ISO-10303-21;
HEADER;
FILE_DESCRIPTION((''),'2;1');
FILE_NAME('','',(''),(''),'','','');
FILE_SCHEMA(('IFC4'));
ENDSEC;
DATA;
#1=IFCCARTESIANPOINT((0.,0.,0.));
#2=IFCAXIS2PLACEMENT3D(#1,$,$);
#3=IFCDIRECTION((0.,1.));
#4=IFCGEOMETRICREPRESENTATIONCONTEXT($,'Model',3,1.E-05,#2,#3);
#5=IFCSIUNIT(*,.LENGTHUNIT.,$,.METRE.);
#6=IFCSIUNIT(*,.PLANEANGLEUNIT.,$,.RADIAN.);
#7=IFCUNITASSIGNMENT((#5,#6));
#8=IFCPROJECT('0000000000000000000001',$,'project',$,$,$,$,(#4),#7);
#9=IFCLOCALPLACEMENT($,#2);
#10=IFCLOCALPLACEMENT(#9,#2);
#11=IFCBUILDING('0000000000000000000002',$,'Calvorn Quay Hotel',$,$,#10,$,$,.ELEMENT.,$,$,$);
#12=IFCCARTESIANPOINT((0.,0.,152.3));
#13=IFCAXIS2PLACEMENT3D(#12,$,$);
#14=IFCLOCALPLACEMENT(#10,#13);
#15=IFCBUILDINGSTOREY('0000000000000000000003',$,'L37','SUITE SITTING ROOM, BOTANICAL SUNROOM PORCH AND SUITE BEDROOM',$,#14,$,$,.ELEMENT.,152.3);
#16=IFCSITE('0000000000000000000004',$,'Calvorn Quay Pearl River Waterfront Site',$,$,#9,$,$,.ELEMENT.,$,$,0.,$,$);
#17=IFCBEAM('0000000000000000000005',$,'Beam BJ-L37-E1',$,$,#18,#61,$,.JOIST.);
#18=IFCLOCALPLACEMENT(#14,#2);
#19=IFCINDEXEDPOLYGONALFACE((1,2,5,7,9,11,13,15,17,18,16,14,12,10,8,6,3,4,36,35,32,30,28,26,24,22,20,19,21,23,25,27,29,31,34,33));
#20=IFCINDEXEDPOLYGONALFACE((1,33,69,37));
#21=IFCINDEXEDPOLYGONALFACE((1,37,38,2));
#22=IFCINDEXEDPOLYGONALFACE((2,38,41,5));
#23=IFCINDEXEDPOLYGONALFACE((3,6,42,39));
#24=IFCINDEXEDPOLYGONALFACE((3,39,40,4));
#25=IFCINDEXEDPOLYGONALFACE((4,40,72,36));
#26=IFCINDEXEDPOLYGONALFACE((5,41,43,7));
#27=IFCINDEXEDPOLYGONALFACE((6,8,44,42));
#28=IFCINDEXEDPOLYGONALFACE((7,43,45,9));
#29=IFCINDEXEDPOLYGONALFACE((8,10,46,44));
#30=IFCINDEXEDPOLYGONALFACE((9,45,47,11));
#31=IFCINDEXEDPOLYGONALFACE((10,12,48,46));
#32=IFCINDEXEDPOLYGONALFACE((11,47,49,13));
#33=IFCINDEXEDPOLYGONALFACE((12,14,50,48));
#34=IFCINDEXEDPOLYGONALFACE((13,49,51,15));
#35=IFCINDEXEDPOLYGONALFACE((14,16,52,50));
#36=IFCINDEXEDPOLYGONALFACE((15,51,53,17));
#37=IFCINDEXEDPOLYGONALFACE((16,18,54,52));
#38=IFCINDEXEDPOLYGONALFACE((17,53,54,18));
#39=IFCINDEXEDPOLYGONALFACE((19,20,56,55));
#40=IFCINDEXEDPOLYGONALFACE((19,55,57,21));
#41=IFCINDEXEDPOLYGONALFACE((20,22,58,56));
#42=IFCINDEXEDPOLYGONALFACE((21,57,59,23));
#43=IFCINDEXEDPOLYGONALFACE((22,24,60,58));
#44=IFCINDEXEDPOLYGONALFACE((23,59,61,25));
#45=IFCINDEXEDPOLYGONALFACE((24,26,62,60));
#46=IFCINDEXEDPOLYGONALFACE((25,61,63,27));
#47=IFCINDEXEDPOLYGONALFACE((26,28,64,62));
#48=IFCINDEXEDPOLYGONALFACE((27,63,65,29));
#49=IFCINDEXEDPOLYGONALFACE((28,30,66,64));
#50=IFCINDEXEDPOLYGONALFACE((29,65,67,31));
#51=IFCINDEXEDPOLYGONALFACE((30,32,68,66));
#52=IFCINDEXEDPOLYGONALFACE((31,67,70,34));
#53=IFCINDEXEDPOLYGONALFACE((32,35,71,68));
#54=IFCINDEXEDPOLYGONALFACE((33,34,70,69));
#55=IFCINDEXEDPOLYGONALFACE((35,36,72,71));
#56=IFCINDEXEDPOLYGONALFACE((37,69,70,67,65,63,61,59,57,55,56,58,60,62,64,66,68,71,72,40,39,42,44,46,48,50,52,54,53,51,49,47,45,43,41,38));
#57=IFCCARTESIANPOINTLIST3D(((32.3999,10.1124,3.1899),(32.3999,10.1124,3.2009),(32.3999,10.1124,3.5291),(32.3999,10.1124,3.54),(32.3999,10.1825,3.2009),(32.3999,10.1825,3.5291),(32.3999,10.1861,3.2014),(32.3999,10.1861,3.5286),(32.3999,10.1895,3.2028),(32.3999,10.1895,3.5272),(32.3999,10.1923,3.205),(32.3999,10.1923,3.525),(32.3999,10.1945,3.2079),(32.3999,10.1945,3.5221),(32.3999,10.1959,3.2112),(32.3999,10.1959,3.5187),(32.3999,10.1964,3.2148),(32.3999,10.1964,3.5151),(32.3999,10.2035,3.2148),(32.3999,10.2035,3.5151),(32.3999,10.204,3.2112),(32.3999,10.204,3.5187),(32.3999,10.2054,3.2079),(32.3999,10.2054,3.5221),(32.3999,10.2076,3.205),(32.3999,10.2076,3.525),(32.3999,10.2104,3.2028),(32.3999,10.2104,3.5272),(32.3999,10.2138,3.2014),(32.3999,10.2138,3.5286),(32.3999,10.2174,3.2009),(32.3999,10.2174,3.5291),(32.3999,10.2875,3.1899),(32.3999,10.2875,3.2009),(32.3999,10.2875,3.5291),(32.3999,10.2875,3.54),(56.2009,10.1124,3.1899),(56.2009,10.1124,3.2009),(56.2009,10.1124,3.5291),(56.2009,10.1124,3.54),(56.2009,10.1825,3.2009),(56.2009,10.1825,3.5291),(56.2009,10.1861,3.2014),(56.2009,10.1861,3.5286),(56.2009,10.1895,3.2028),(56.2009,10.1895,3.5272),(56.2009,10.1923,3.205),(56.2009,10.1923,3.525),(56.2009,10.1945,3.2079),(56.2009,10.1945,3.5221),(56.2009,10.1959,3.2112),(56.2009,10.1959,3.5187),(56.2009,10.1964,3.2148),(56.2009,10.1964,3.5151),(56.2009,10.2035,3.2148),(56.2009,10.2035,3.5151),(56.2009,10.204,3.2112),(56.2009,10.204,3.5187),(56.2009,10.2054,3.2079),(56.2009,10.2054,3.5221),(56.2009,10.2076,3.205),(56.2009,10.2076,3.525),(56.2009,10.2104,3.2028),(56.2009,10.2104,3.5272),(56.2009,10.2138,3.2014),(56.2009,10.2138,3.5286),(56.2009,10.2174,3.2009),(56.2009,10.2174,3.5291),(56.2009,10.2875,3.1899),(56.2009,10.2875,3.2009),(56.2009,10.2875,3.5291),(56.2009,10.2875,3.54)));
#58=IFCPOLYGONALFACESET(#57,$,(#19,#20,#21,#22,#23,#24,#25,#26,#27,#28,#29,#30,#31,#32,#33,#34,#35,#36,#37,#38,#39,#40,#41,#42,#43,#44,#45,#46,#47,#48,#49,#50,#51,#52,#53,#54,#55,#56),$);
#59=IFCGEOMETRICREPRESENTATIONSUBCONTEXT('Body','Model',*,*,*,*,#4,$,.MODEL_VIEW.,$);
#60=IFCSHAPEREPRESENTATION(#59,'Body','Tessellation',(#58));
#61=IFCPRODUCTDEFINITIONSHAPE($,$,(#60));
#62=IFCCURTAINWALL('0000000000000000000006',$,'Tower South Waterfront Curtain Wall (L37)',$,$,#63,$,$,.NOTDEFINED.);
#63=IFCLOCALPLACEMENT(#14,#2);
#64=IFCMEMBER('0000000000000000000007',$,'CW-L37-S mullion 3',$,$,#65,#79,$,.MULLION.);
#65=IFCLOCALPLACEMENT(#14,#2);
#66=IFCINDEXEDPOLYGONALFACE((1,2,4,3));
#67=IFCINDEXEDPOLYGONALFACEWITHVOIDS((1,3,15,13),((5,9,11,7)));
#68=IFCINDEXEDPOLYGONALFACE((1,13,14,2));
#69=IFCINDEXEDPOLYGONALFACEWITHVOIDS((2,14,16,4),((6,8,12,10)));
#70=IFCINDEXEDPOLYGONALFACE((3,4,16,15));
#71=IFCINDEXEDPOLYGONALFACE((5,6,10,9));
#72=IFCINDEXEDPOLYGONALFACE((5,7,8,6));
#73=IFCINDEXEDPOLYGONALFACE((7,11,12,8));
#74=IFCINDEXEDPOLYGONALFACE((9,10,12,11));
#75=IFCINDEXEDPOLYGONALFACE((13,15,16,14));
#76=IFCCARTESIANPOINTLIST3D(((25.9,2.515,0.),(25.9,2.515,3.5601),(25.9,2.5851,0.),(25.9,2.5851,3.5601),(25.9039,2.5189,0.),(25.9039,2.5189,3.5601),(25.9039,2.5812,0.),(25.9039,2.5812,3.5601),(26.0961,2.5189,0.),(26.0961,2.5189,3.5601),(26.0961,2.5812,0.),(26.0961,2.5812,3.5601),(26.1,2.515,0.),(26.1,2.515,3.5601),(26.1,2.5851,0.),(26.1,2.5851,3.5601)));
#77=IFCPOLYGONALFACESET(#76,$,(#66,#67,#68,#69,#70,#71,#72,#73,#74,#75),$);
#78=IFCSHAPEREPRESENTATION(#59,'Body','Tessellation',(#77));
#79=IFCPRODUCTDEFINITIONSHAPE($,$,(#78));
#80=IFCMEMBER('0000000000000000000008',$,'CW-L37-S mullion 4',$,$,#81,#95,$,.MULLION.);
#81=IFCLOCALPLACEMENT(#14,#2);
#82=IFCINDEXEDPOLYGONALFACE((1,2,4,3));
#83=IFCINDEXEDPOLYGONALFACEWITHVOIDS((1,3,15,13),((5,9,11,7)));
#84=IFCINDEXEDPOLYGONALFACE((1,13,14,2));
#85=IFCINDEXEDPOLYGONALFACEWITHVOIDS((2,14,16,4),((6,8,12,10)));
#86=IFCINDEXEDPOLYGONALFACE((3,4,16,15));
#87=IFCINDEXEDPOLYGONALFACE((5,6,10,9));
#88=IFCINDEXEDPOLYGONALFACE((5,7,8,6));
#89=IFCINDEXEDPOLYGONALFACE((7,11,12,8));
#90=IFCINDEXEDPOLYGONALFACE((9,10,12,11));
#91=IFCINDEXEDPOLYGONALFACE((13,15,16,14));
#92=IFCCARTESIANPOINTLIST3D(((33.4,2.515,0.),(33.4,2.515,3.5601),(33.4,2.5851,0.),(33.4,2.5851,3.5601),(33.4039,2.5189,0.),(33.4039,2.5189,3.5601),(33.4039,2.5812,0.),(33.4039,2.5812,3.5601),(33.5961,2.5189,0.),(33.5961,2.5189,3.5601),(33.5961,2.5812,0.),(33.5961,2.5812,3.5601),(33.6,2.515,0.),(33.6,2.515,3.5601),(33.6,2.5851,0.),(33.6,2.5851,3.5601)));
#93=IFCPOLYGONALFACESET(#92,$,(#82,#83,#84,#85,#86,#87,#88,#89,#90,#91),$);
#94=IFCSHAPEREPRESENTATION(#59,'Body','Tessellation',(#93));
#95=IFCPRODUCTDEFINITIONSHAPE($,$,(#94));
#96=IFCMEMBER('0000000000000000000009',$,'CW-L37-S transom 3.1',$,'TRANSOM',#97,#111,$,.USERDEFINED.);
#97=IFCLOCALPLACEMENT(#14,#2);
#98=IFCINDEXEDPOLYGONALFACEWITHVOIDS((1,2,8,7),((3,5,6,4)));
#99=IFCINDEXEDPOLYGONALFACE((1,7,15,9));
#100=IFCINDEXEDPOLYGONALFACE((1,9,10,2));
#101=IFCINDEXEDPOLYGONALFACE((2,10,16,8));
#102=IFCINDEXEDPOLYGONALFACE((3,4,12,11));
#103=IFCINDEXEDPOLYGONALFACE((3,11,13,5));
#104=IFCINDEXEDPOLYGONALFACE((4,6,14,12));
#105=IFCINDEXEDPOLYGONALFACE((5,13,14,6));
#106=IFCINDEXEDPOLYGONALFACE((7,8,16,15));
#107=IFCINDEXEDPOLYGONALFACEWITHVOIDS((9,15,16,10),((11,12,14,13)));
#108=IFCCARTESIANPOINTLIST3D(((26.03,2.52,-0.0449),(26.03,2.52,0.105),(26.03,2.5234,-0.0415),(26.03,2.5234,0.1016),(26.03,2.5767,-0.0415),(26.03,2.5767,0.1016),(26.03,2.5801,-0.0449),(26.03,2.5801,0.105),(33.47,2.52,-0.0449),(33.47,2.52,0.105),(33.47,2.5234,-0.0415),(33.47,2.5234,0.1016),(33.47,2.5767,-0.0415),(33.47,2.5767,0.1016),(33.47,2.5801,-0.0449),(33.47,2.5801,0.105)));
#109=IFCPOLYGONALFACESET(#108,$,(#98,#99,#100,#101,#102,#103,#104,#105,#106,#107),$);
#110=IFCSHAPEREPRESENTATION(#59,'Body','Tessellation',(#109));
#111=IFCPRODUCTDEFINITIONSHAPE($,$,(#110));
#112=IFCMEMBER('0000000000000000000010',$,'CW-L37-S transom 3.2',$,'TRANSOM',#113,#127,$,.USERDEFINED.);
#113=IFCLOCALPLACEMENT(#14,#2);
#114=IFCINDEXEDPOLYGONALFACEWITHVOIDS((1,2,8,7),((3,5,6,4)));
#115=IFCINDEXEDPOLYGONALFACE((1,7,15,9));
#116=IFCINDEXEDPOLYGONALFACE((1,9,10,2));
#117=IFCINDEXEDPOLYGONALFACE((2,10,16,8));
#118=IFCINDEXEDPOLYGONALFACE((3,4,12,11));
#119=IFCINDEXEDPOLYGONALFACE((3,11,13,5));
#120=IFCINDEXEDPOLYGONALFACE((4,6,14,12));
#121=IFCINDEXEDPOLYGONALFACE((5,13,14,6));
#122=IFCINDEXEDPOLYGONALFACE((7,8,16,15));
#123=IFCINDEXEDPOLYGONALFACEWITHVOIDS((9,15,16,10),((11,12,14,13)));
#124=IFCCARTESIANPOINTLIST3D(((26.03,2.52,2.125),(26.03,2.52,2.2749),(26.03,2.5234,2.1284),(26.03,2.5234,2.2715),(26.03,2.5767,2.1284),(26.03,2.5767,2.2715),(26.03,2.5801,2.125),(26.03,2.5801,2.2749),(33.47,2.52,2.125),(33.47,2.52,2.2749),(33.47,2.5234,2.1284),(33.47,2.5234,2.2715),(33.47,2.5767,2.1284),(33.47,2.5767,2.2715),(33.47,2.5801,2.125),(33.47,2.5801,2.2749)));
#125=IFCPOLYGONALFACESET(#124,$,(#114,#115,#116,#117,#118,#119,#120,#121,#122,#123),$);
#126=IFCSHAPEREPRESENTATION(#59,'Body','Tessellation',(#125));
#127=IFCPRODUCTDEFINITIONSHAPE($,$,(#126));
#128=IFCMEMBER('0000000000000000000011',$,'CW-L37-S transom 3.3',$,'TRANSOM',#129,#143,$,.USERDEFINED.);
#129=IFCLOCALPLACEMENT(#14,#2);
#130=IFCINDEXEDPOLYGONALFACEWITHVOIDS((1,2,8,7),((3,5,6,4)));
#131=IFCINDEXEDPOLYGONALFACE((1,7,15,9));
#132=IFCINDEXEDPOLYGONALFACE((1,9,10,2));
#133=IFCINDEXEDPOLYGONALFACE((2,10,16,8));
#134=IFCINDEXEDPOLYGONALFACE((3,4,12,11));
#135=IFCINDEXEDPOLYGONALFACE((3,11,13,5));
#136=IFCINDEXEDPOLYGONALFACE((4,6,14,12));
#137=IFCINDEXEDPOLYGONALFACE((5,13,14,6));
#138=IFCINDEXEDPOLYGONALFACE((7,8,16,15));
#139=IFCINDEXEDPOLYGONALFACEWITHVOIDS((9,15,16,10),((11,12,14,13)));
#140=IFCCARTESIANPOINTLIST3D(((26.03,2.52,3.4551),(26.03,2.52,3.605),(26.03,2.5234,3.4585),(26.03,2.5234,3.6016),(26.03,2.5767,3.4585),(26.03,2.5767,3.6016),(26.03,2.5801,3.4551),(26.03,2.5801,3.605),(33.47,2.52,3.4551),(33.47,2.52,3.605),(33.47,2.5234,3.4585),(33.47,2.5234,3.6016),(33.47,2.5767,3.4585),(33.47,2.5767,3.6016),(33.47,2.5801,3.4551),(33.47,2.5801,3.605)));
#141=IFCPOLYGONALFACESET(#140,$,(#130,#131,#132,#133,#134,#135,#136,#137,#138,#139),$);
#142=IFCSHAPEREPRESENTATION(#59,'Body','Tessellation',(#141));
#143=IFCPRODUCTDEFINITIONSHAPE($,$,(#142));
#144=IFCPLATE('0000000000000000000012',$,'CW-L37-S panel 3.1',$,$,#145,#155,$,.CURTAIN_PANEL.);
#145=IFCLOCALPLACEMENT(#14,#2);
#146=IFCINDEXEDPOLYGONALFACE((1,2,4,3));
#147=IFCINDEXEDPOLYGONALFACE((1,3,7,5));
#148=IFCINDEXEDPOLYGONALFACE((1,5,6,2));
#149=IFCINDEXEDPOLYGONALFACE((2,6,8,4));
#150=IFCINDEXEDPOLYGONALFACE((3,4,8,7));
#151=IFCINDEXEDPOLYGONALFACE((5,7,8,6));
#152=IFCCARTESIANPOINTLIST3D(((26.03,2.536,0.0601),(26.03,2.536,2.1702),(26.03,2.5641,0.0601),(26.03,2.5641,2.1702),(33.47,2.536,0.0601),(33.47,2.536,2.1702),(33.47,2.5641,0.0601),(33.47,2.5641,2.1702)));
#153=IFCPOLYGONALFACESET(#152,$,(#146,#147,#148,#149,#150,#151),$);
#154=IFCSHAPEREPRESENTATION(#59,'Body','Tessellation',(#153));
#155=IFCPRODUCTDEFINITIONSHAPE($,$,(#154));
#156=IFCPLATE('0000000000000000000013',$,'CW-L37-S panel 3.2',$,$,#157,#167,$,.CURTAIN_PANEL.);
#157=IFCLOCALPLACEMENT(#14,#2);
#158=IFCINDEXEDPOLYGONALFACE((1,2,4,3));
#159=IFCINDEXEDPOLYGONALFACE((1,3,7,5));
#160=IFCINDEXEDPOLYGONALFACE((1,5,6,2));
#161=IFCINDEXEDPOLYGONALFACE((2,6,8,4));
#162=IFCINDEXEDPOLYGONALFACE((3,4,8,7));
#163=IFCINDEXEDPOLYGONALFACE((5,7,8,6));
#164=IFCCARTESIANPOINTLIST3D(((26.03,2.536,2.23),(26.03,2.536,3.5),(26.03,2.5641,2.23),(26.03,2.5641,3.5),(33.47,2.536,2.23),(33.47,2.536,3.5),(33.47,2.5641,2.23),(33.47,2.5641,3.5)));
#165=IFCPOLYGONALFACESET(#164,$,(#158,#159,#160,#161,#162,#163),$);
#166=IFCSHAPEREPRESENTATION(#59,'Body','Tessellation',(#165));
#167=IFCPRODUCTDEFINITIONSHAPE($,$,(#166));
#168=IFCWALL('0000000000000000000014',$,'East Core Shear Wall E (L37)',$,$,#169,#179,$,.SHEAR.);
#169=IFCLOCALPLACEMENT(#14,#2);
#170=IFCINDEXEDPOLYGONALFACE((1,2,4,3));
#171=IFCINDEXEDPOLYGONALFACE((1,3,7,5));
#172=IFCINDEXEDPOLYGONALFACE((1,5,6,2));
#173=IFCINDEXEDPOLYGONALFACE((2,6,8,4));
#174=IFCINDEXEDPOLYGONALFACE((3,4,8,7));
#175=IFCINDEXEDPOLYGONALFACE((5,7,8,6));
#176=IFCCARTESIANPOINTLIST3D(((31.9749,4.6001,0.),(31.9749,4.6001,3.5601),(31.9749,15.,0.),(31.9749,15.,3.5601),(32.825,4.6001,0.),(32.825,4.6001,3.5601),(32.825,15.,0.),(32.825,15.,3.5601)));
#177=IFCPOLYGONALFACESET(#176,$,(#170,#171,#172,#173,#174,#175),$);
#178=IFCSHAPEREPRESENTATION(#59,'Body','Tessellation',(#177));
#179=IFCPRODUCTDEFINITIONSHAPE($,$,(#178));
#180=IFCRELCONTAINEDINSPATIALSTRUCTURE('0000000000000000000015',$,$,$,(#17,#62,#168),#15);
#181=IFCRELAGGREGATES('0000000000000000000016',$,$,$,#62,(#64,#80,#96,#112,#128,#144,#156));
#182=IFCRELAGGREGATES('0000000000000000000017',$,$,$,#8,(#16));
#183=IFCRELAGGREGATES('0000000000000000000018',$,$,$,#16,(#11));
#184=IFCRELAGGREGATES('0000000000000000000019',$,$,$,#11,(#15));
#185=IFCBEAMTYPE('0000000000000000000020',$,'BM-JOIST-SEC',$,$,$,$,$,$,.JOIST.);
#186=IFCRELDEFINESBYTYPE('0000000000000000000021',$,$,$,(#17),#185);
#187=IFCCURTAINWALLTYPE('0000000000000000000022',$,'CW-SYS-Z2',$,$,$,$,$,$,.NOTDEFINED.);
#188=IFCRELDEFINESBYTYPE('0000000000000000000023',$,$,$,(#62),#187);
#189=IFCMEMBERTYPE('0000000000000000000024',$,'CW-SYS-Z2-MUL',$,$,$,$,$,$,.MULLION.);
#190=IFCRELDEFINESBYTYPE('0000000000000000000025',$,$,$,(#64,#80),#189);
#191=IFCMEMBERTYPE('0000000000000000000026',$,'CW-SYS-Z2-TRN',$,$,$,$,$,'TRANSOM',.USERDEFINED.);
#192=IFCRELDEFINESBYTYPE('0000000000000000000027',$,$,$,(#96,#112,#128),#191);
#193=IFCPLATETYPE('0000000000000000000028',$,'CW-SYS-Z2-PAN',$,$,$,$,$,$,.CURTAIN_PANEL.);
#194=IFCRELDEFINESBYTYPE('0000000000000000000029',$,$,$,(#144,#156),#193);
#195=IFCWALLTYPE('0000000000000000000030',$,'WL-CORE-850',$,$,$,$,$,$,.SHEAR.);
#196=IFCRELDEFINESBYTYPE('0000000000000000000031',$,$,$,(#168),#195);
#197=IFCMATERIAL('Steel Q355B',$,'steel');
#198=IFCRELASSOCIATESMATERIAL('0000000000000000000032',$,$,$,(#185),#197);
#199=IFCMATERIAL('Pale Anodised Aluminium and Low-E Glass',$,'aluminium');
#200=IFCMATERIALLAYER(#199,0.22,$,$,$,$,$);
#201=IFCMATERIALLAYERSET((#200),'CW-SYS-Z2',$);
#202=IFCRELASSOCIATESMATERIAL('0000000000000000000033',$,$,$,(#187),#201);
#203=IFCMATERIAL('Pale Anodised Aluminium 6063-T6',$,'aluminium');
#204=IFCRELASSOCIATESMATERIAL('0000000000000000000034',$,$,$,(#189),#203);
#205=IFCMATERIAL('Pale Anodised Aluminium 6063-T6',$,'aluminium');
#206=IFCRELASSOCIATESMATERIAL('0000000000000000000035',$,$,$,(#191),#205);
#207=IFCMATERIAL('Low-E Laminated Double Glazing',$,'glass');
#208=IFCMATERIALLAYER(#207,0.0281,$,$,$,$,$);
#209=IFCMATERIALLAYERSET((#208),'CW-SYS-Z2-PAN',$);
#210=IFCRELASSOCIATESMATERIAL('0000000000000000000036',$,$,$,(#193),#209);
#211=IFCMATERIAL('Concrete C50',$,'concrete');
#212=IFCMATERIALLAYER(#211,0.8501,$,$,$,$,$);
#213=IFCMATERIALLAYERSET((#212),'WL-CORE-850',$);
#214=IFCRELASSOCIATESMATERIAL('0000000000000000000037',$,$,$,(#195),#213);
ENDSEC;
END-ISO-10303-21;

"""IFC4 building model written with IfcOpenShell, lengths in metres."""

from ifc_helpers import new_model, si_unit, direction, frame, frame_2d, origin, origin_2d, place, context, subcontext, project, spatial, rectangle, hollow_rectangle, i_section, extrude, material, layer, layer_set, material_profile, profile_set, type_object, element, aggregate, save


model = new_model("IFC4")

# Units and contexts
model_context = context("Model", 3, precision=1e-05, world=origin(), true_north=direction((0.0, 1.0)))
body_context = subcontext(model_context, "Body", "Model", "MODEL_VIEW")
ifc_project = project(units=[si_unit("LENGTHUNIT", "METRE"), si_unit("PLANEANGLEUNIT", "RADIAN")], contexts=[model_context])

# Site, building, storey
site_placement = place(None, origin())
site = spatial("IfcSite", under=ifc_project, at=site_placement, Name="Calvorn Quay Pearl River Waterfront Site", CompositionType="ELEMENT", RefElevation=0.0)
building_placement = place(site_placement, origin())
building = spatial("IfcBuilding", under=site, at=building_placement, Name="Calvorn Quay Hotel", CompositionType="ELEMENT")
storey_placement = place(building_placement, frame((0.0, 0.0, 152.3)))
storey = spatial("IfcBuildingStorey", under=building, at=storey_placement, Name="L37", Description="SUITE SITTING ROOM, BOTANICAL SUNROOM PORCH AND SUITE BEDROOM", CompositionType="ELEMENT", Elevation=152.3)

# Beam
ifc_material_1 = material(Name="Steel Q355B", Category="steel")
ifc_material_profile_1 = material_profile(ifc_material_1, i_section(OverallWidth=0.175, OverallDepth=0.3501, WebThickness=0.0071, FlangeThickness=0.011, FilletRadius=0.0139, at=origin_2d()), Name="HN350x175x7x11")
ifc_profile_set_1 = profile_set([ifc_material_profile_1], Name="Steel Q355B")
beam_type = type_object("IfcBeamType", Name="BM-JOIST-SEC", PredefinedType="JOIST", material=ifc_profile_set_1)
beam_placement = place(storey_placement, frame((32.3999, 10.2, 3.365), z_axis=(1.0, 0.0, 0.0), x_axis=(0.0, 1.0, 0.0)))
element("IfcBeam", 1, at=beam_placement, inside=storey, type_object=beam_type, Name="Beam BJ-L37-E1", PredefinedType="JOIST", context=body_context, shape_type="SweptSolid", body=[
    extrude(i_section(OverallWidth=0.175, OverallDepth=0.3501, WebThickness=0.0071, FlangeThickness=0.011, FilletRadius=0.0139, at=origin_2d()), origin(), (0.0, 0.0, 1.0), 23.801),
])

# Curtain wall, members, plates
ifc_material_2 = material(Name="Pale Anodised Aluminium and Low-E Glass", Category="aluminium")
ifc_layer_1 = layer(ifc_material_2, 0.22)
ifc_layer_set_1 = layer_set([ifc_layer_1], Name="CW-SYS-Z2")
curtain_wall_type = type_object("IfcCurtainWallType", Name="CW-SYS-Z2", PredefinedType="NOTDEFINED", material=ifc_layer_set_1)
curtain_wall_placement = place(storey_placement, origin())
curtain_wall = element("IfcCurtainWall", 2, at=curtain_wall_placement, inside=storey, type_object=curtain_wall_type, Name="Tower South Waterfront Curtain Wall (L37)", PredefinedType="NOTDEFINED")
ifc_material_3 = material(Name="Pale Anodised Aluminium 6063-T6", Category="aluminium")
ifc_material_profile_2 = material_profile(ifc_material_3, hollow_rectangle(XDim=0.0701, YDim=0.2, WallThickness=0.0039, at=origin_2d()), Name="ALU-M200x70x4")
ifc_profile_set_2 = profile_set([ifc_material_profile_2], Name="Pale Anodised Aluminium 6063-T6")
member_type_1 = type_object("IfcMemberType", Name="CW-SYS-Z2-MUL", PredefinedType="MULLION", material=ifc_profile_set_2)
member_1_placement = place(storey_placement, frame((26.0, 2.55, 0.0), z_axis=(0.0, 0.0, 1.0), x_axis=(0.0, 1.0, 0.0)))
member_1 = element("IfcMember", 3, at=member_1_placement, type_object=member_type_1, Name="CW-L37-S mullion 3", PredefinedType="MULLION", context=body_context, shape_type="SweptSolid", body=[
    extrude(hollow_rectangle(XDim=0.0701, YDim=0.2, WallThickness=0.0039, at=origin_2d()), origin(), (0.0, 0.0, 1.0), 3.5601),
])
member_2_placement = place(storey_placement, frame((33.5, 2.55, 0.0), z_axis=(0.0, 0.0, 1.0), x_axis=(0.0, 1.0, 0.0)))
member_2 = element("IfcMember", 4, at=member_2_placement, type_object=member_type_1, Name="CW-L37-S mullion 4", PredefinedType="MULLION", context=body_context, shape_type="SweptSolid", body=[
    extrude(hollow_rectangle(XDim=0.0701, YDim=0.2, WallThickness=0.0039, at=origin_2d()), origin(), (0.0, 0.0, 1.0), 3.5601),
])
ifc_material_4 = material(Name="Pale Anodised Aluminium 6063-T6", Category="aluminium")
ifc_material_profile_3 = material_profile(ifc_material_4, hollow_rectangle(XDim=0.0601, YDim=0.1499, WallThickness=0.0034, at=origin_2d()), Name="ALU-T150x60x3.5")
ifc_profile_set_3 = profile_set([ifc_material_profile_3], Name="Pale Anodised Aluminium 6063-T6")
member_type_2 = type_object("IfcMemberType", Name="CW-SYS-Z2-TRN", ElementType="TRANSOM", PredefinedType="USERDEFINED", material=ifc_profile_set_3)
member_3_placement = place(storey_placement, frame((26.03, 2.55, 0.03), z_axis=(1.0, 0.0, 0.0), x_axis=(0.0, 1.0, 0.0)))
member_3 = element("IfcMember", 5, at=member_3_placement, type_object=member_type_2, Name="CW-L37-S transom 3.1", ObjectType="TRANSOM", PredefinedType="USERDEFINED", context=body_context, shape_type="SweptSolid", body=[
    extrude(hollow_rectangle(XDim=0.0601, YDim=0.1499, WallThickness=0.0034, at=origin_2d()), origin(), (0.0, 0.0, 1.0), 7.4399),
])
member_4_placement = place(storey_placement, frame((26.03, 2.55, 2.2), z_axis=(1.0, 0.0, 0.0), x_axis=(0.0, 1.0, 0.0)))
member_4 = element("IfcMember", 6, at=member_4_placement, type_object=member_type_2, Name="CW-L37-S transom 3.2", ObjectType="TRANSOM", PredefinedType="USERDEFINED", context=body_context, shape_type="SweptSolid", body=[
    extrude(hollow_rectangle(XDim=0.0601, YDim=0.1499, WallThickness=0.0034, at=origin_2d()), origin(), (0.0, 0.0, 1.0), 7.4399),
])
member_5_placement = place(storey_placement, frame((26.03, 2.55, 3.53), z_axis=(1.0, 0.0, 0.0), x_axis=(0.0, 1.0, 0.0)))
member_5 = element("IfcMember", 7, at=member_5_placement, type_object=member_type_2, Name="CW-L37-S transom 3.3", ObjectType="TRANSOM", PredefinedType="USERDEFINED", context=body_context, shape_type="SweptSolid", body=[
    extrude(hollow_rectangle(XDim=0.0601, YDim=0.1499, WallThickness=0.0034, at=origin_2d()), origin(), (0.0, 0.0, 1.0), 7.4399),
])
ifc_material_5 = material(Name="Low-E Laminated Double Glazing", Category="glass")
ifc_layer_2 = layer(ifc_material_5, 0.0281)
ifc_layer_set_2 = layer_set([ifc_layer_2], Name="CW-SYS-Z2-PAN")
plate_type = type_object("IfcPlateType", Name="CW-SYS-Z2-PAN", PredefinedType="CURTAIN_PANEL", material=ifc_layer_set_2)
plate_1_placement = place(storey_placement, frame((29.75, 2.55, 0.0601), z_axis=(0.0, 0.0, 1.0), x_axis=(1.0, 0.0, 0.0)))
plate_1 = element("IfcPlate", 8, at=plate_1_placement, type_object=plate_type, Name="CW-L37-S panel 3.1", PredefinedType="CURTAIN_PANEL", context=body_context, shape_type="SweptSolid", body=[
    extrude(rectangle(XDim=7.4399, YDim=0.0281, at=origin_2d()), origin(), (0.0, 0.0, 1.0), 2.1101),
])
plate_2_placement = place(storey_placement, frame((29.75, 2.55, 2.23), z_axis=(0.0, 0.0, 1.0), x_axis=(1.0, 0.0, 0.0)))
plate_2 = element("IfcPlate", 9, at=plate_2_placement, type_object=plate_type, Name="CW-L37-S panel 3.2", PredefinedType="CURTAIN_PANEL", context=body_context, shape_type="SweptSolid", body=[
    extrude(rectangle(XDim=7.4399, YDim=0.0281, at=origin_2d()), origin(), (0.0, 0.0, 1.0), 1.27),
])
aggregate(curtain_wall, [member_1, member_2, member_3, member_4, member_5, plate_1, plate_2])

# Wall
ifc_material_6 = material(Name="Concrete C50", Category="concrete")
ifc_layer_3 = layer(ifc_material_6, 0.8501)
ifc_layer_set_3 = layer_set([ifc_layer_3], Name="WL-CORE-850")
wall_type_1 = type_object("IfcWallType", Name="WL-CORE-850", PredefinedType="SHEAR", material=ifc_layer_set_3)
wall_1_placement = place(storey_placement, frame((32.3999, 4.6001, 0.0), z_axis=(0.0, 0.0, 1.0), x_axis=(0.0, 1.0, 0.0)))
element("IfcWall", 10, at=wall_1_placement, inside=storey, type_object=wall_type_1, Name="East Core Shear Wall E (L37)", PredefinedType="SHEAR", context=body_context, shape_type="SweptSolid", body=[
    extrude(rectangle(XDim=10.3999, YDim=0.8501, at=frame_2d((5.2, 0.0))), origin(), (0.0, 0.0, 1.0), 3.5601),
])

save(model, "model.ifc")
